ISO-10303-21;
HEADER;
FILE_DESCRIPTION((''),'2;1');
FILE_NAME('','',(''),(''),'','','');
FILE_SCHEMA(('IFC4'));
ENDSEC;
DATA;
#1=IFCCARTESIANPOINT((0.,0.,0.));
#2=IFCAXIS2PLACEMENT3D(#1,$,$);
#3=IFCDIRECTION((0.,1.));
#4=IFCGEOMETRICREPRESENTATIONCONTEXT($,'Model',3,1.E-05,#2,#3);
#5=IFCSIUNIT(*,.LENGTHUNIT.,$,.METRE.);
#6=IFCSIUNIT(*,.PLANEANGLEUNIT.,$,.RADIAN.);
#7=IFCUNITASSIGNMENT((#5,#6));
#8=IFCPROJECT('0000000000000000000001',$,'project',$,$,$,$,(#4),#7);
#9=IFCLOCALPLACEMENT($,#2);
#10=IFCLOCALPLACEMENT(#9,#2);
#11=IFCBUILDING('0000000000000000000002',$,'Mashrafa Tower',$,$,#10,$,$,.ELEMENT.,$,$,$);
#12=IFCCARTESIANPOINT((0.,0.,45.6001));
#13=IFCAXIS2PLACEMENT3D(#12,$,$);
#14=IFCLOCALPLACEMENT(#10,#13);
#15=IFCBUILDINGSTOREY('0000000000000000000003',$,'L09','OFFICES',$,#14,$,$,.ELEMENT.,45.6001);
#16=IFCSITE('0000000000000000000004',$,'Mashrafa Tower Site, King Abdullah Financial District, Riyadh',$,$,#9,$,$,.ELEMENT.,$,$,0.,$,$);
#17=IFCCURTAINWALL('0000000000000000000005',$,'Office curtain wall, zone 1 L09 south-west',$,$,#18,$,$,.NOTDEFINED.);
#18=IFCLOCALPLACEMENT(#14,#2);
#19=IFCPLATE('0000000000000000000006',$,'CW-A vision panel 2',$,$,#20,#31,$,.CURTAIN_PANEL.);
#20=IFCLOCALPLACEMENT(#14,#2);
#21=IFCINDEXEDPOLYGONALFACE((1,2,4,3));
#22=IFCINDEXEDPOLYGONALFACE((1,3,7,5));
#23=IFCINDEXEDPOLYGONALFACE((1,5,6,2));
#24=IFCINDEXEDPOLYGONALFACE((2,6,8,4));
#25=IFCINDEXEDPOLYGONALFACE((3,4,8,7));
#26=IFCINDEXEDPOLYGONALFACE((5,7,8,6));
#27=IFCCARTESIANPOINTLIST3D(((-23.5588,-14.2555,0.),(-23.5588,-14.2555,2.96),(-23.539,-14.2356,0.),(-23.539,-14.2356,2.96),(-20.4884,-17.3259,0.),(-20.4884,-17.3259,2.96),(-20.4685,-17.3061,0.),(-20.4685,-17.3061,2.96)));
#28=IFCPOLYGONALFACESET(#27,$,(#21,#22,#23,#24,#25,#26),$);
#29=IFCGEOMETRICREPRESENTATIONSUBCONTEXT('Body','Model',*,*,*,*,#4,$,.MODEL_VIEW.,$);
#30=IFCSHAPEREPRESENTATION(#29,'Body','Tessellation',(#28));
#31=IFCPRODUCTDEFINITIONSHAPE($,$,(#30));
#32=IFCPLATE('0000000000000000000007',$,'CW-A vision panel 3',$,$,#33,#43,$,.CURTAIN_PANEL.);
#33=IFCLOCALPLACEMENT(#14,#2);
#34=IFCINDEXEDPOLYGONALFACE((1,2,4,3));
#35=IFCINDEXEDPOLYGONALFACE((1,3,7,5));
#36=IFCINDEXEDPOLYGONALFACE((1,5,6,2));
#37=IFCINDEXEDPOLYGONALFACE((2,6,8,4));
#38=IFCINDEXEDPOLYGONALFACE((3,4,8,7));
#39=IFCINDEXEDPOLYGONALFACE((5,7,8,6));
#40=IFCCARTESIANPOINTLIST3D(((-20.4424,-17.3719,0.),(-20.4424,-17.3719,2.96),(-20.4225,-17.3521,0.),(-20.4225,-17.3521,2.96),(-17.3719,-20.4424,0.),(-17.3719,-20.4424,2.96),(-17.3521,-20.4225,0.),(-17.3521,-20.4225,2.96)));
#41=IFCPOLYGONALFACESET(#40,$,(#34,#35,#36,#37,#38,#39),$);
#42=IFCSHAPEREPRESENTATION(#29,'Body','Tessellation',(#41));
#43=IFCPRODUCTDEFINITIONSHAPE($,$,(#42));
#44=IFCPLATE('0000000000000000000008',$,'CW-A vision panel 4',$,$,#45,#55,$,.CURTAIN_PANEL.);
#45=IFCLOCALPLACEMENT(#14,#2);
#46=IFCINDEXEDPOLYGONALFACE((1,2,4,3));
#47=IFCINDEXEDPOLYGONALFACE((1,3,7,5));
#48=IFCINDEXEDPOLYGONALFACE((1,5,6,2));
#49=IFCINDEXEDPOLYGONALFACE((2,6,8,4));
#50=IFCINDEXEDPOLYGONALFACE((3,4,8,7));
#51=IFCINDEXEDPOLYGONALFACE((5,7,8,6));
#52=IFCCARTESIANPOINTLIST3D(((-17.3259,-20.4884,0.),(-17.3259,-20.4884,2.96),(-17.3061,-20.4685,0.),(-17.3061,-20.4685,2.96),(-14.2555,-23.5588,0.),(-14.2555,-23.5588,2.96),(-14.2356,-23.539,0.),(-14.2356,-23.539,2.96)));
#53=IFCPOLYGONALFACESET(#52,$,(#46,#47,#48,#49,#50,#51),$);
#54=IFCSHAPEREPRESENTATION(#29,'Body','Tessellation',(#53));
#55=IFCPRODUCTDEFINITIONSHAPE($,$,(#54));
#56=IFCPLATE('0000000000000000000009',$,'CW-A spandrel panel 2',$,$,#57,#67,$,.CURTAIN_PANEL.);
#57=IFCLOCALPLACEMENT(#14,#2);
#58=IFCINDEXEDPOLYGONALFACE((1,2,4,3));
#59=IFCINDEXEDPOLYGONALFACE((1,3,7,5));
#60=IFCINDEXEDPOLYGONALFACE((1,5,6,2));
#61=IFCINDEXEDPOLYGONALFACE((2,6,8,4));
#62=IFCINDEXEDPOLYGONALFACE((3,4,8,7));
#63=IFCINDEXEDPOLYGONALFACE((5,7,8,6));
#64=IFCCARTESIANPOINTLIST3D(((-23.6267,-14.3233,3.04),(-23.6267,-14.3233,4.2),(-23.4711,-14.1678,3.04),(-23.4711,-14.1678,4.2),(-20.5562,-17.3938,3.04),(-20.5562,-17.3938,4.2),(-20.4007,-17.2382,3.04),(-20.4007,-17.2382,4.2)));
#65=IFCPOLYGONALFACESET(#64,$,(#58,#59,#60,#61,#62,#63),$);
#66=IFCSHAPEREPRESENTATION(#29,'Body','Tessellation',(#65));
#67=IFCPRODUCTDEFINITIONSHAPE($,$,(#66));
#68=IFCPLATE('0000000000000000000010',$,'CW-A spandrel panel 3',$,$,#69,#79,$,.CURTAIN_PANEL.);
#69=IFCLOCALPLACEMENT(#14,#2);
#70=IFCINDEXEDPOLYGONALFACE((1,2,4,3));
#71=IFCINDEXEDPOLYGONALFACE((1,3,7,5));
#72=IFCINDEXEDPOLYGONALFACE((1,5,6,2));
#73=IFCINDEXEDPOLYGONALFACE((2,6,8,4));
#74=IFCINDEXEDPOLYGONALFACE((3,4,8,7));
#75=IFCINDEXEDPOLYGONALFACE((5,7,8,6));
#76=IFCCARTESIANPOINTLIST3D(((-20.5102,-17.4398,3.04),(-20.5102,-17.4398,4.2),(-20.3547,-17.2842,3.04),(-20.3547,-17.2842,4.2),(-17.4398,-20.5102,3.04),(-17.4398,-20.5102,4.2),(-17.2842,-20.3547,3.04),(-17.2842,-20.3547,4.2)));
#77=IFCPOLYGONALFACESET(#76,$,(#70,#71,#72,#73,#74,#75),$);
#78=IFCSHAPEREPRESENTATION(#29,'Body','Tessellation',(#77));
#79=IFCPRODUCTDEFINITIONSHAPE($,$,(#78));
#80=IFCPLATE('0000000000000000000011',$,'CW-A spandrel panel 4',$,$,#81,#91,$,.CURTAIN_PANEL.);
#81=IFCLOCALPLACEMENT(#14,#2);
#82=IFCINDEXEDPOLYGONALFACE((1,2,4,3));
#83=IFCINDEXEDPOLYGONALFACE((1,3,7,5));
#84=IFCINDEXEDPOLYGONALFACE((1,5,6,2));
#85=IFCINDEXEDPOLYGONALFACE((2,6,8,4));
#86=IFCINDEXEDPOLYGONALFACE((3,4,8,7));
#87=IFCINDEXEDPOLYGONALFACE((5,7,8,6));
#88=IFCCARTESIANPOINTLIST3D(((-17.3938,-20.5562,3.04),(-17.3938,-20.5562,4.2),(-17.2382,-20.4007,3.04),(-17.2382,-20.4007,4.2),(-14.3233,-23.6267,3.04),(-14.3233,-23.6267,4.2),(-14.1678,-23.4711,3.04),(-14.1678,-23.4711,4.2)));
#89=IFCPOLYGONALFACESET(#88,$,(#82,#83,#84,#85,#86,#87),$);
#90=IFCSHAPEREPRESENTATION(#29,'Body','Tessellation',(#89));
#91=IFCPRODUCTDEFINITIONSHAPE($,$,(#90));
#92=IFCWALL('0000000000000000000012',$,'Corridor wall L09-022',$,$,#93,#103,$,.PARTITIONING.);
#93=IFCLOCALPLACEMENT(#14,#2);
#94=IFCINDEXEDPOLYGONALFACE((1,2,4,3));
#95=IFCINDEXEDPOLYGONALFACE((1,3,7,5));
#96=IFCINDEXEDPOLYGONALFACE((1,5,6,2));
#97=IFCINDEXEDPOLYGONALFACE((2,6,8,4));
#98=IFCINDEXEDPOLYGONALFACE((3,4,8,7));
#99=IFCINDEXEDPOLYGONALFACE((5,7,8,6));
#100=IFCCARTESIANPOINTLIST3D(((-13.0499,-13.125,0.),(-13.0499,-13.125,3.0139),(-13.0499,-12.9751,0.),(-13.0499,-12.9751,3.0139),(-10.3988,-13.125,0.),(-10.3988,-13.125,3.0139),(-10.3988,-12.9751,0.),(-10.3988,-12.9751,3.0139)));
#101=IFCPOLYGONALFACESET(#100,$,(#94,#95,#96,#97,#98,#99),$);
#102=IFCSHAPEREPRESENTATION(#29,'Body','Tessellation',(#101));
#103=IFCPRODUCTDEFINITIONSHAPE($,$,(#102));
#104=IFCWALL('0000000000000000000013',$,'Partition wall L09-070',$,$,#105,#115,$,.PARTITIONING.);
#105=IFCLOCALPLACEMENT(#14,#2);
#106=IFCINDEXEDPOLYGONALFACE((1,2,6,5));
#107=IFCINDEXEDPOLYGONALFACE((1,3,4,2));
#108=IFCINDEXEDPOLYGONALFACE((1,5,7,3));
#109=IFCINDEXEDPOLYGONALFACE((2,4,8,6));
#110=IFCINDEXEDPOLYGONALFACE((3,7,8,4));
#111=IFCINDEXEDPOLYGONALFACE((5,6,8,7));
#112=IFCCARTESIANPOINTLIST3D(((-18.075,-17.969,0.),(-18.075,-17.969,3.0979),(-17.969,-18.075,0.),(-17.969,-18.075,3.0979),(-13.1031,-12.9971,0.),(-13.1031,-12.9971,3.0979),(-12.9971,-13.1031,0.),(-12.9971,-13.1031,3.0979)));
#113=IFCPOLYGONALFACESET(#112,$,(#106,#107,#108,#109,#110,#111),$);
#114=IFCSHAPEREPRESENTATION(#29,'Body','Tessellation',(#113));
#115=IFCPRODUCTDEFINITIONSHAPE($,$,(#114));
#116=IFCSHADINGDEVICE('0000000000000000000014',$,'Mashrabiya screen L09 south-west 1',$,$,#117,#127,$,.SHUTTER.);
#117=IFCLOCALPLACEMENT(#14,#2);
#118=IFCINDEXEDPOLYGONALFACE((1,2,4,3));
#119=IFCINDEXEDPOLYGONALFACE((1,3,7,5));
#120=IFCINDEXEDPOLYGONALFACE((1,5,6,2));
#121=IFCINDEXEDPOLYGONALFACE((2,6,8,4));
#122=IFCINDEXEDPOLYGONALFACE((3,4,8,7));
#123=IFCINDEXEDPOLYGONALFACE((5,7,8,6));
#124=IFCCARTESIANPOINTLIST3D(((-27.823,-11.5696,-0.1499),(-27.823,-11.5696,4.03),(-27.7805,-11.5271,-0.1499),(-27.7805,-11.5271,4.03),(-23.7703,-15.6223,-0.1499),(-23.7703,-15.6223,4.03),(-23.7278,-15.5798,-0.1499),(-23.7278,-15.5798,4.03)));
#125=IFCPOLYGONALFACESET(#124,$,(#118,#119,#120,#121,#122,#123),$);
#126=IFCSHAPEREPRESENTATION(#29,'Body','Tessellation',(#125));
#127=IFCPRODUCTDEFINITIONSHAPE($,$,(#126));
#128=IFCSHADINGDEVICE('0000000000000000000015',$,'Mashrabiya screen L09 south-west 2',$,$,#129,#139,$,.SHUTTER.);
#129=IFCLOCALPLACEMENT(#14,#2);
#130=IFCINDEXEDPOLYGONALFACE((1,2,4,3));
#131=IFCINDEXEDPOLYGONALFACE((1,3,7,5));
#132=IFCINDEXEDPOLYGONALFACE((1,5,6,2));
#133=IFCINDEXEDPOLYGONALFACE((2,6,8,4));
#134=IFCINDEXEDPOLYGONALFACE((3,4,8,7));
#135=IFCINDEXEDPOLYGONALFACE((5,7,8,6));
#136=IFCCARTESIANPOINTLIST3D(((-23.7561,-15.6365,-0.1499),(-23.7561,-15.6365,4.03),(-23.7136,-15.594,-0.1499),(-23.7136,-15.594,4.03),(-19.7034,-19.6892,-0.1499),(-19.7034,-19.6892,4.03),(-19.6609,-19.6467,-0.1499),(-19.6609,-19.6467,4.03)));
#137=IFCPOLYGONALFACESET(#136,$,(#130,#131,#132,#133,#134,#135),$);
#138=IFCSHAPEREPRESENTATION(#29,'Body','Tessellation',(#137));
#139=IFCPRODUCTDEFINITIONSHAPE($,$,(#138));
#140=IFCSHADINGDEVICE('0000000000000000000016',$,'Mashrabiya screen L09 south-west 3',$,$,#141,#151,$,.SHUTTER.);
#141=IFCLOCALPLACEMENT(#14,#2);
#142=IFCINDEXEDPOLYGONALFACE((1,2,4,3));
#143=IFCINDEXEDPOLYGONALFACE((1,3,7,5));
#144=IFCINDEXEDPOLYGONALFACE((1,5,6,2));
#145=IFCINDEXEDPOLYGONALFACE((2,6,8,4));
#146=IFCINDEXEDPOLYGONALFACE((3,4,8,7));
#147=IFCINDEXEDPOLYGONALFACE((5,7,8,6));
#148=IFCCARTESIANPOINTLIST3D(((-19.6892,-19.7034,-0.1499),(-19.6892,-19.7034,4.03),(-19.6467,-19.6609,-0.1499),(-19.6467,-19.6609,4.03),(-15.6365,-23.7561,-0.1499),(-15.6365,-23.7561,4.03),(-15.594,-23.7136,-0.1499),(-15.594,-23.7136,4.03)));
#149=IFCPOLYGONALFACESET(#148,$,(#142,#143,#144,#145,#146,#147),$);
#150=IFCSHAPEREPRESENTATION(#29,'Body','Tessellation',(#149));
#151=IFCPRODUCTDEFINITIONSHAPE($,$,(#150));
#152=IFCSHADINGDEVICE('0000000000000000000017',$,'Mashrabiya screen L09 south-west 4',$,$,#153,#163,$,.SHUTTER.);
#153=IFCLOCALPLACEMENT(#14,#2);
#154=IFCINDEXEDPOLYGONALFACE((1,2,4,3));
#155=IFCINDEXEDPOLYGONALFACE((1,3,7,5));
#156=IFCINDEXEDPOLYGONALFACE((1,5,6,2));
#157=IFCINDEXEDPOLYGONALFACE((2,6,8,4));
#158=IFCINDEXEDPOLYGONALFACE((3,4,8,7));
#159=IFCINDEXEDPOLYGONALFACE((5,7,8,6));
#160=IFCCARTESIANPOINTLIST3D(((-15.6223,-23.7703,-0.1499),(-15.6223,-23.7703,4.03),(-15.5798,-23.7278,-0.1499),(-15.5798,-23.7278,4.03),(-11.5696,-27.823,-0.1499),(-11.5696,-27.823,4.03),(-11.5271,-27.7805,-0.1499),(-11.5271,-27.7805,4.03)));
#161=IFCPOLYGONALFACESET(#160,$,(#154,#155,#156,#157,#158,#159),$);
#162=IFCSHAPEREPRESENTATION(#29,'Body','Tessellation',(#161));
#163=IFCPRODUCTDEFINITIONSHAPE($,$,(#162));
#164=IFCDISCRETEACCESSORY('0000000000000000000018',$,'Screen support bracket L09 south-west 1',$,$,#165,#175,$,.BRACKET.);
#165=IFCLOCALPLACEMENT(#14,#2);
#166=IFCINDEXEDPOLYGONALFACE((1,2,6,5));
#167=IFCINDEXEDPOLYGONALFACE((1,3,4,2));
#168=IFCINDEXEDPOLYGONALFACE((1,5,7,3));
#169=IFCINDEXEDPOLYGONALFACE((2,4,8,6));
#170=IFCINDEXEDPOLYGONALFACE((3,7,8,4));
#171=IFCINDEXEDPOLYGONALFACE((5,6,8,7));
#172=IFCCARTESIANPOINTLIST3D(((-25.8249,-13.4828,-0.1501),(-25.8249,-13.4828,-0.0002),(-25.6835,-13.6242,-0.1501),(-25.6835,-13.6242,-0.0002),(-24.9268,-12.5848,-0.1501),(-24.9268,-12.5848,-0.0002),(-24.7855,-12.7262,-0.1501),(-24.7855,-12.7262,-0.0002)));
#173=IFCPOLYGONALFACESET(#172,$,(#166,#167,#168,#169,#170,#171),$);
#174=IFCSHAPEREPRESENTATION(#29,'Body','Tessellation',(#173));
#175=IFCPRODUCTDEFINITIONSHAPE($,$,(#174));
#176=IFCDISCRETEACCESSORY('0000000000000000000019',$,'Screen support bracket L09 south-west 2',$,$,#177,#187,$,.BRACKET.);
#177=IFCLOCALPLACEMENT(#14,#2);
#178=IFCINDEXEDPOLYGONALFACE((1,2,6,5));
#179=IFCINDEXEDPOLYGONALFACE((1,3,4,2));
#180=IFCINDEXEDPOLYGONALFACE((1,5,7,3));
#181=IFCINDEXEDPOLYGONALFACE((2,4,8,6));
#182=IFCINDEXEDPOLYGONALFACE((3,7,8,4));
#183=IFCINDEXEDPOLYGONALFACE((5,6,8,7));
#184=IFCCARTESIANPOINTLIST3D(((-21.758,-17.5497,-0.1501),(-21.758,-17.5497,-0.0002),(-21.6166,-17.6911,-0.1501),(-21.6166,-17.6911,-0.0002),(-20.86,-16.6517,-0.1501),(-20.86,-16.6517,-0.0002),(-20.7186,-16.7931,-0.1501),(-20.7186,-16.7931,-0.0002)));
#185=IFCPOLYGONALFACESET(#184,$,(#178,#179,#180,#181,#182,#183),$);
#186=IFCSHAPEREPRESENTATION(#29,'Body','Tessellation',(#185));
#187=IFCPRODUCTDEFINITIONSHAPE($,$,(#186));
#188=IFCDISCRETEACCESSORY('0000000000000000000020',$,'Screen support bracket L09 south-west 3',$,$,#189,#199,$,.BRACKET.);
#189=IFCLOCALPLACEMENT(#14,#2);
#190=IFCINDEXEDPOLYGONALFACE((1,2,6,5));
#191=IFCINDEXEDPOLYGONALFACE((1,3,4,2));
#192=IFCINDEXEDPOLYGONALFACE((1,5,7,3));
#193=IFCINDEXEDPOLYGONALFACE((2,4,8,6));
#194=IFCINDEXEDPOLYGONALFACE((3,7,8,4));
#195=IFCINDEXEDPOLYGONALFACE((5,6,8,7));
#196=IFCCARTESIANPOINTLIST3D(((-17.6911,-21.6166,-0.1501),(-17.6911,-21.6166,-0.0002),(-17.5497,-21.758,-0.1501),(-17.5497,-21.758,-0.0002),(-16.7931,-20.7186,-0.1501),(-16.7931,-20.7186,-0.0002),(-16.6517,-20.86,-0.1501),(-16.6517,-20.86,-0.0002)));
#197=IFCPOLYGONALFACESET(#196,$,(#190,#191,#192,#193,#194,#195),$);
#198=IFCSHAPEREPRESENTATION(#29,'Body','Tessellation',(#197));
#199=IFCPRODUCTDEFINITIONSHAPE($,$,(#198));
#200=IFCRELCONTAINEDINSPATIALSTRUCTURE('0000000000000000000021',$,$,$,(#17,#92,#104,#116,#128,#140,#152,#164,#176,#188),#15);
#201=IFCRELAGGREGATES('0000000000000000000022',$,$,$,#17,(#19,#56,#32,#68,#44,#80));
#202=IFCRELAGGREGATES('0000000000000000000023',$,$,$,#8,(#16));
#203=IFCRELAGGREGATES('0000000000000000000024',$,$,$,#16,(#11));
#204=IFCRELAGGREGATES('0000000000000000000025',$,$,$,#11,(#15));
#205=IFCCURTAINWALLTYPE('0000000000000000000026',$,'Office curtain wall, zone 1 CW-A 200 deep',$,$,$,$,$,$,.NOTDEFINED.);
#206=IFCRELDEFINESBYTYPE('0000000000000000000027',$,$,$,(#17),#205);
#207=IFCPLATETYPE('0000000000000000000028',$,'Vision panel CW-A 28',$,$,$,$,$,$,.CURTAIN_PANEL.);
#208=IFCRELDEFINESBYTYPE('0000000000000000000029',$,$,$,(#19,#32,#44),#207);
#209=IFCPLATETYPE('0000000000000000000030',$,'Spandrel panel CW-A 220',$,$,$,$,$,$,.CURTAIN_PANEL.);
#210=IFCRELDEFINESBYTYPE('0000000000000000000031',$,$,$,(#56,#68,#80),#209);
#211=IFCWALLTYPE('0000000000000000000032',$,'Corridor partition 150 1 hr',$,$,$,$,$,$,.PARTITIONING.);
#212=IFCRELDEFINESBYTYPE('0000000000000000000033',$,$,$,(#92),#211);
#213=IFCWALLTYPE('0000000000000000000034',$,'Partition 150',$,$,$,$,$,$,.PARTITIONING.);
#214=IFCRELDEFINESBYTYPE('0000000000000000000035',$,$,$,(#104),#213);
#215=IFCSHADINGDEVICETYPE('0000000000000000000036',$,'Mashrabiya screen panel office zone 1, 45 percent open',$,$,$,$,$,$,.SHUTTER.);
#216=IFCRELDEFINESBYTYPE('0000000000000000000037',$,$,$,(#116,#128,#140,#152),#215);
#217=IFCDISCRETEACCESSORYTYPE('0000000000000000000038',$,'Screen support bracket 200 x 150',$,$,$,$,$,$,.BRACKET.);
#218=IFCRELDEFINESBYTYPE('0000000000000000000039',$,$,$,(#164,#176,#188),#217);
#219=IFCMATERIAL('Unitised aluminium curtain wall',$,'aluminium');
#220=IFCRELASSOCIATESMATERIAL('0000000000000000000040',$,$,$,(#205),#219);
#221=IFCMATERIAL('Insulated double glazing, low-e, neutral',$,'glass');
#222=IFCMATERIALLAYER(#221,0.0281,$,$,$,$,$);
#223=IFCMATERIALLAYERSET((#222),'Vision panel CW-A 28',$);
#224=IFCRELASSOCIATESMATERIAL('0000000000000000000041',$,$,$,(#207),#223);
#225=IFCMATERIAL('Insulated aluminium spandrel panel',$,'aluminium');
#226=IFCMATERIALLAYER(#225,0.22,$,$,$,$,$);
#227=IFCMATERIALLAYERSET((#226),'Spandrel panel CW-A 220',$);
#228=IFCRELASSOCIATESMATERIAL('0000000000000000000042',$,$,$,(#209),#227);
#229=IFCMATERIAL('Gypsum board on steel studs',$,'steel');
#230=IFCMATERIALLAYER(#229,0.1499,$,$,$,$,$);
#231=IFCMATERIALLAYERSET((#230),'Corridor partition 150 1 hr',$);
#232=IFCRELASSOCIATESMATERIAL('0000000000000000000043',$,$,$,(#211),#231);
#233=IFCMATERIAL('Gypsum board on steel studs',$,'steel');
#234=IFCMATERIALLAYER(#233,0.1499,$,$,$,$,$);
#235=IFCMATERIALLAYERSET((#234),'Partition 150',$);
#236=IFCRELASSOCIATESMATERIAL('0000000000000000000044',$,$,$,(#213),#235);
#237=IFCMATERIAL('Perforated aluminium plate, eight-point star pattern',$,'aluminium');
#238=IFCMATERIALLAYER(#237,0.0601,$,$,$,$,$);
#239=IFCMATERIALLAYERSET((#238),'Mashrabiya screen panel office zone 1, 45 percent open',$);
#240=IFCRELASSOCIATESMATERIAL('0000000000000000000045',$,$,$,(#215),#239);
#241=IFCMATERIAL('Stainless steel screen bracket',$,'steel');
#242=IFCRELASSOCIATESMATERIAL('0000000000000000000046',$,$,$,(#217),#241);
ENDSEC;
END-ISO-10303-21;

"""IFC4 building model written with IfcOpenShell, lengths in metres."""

from ifc_helpers import new_model, si_unit, direction, frame, frame_2d, origin, origin_2d, place, context, subcontext, project, spatial, rectangle, extrude, source, transform, mapped, material, layer, layer_set, type_object, type_shapes, element, aggregate, save


model = new_model("IFC4")

# Units and contexts
model_context = context("Model", 3, precision=1e-05, world=origin(), true_north=direction((0.0, 1.0)))
body_context = subcontext(model_context, "Body", "Model", "MODEL_VIEW")
ifc_project = project(units=[si_unit("LENGTHUNIT", "METRE"), si_unit("PLANEANGLEUNIT", "RADIAN")], contexts=[model_context])

# Site, building, storey
site_placement = place(None, origin())
site = spatial("IfcSite", under=ifc_project, at=site_placement, Name="Mashrafa Tower Site, King Abdullah Financial District, Riyadh", CompositionType="ELEMENT", RefElevation=0.0)
building_placement = place(site_placement, origin())
building = spatial("IfcBuilding", under=site, at=building_placement, Name="Mashrafa Tower", CompositionType="ELEMENT")
storey_placement = place(building_placement, frame((0.0, 0.0, 45.6001)))
storey = spatial("IfcBuildingStorey", under=building, at=storey_placement, Name="L09", Description="OFFICES", CompositionType="ELEMENT", Elevation=45.6001)

# Curtain wall, plates
ifc_material_1 = material(Name="Unitised aluminium curtain wall", Category="aluminium")
curtain_wall_type = type_object("IfcCurtainWallType", Name="Office curtain wall, zone 1 CW-A 200 deep", PredefinedType="NOTDEFINED", material=ifc_material_1)
curtain_wall_placement = place(storey_placement, origin())
curtain_wall = element("IfcCurtainWall", 1, at=curtain_wall_placement, inside=storey, type_object=curtain_wall_type, Name="Office curtain wall, zone 1 L09 south-west", PredefinedType="NOTDEFINED")
ifc_material_2 = material(Name="Insulated double glazing, low-e, neutral", Category="glass")
ifc_layer_1 = layer(ifc_material_2, 0.0281)
ifc_layer_set_1 = layer_set([ifc_layer_1], Name="Vision panel CW-A 28")
plate_type_1 = type_object("IfcPlateType", Name="Vision panel CW-A 28", PredefinedType="CURTAIN_PANEL", material=ifc_layer_set_1)
ifc_material_3 = material(Name="Insulated aluminium spandrel panel", Category="aluminium")
ifc_layer_2 = layer(ifc_material_3, 0.22)
ifc_layer_set_2 = layer_set([ifc_layer_2], Name="Spandrel panel CW-A 220")
plate_type_2 = type_object("IfcPlateType", Name="Spandrel panel CW-A 220", PredefinedType="CURTAIN_PANEL", material=ifc_layer_set_2)
shared_shape_1 = source(origin(), body_context, "Body", "SweptSolid", [
    extrude(rectangle(XDim=4.3423, YDim=0.0281, at=origin_2d()), origin(), (0.0, 0.0, 1.0), 2.96),
])
plate_1_placement = place(storey_placement, frame((-22.0137, -15.7808, 0.0), z_axis=(0.0, 0.0, 1.0), x_axis=(0.707107, -0.707107, 0.0)))
plate_1 = element("IfcPlate", 2, at=plate_1_placement, type_object=plate_type_1, Name="CW-A vision panel 2", PredefinedType="CURTAIN_PANEL", context=body_context, shape_type="MappedRepresentation", body=[
    mapped(shared_shape_1, transform((0.0, 0.0, 0.0))),
])
plate_2_placement = place(storey_placement, frame((-18.8972, -18.8972, 0.0), z_axis=(0.0, 0.0, 1.0), x_axis=(0.707107, -0.707107, 0.0)))
plate_2 = element("IfcPlate", 3, at=plate_2_placement, type_object=plate_type_1, Name="CW-A vision panel 3", PredefinedType="CURTAIN_PANEL", context=body_context, shape_type="MappedRepresentation", body=[
    mapped(shared_shape_1, transform((0.0, 0.0, 0.0))),
])
plate_3_placement = place(storey_placement, frame((-15.7808, -22.0137, 0.0), z_axis=(0.0, 0.0, 1.0), x_axis=(0.707107, -0.707107, 0.0)))
plate_3 = element("IfcPlate", 4, at=plate_3_placement, type_object=plate_type_1, Name="CW-A vision panel 4", PredefinedType="CURTAIN_PANEL", context=body_context, shape_type="MappedRepresentation", body=[
    mapped(shared_shape_1, transform((0.0, 0.0, 0.0))),
])
shared_shape_2 = source(origin(), body_context, "Body", "SweptSolid", [
    extrude(rectangle(XDim=4.3423, YDim=0.22, at=origin_2d()), origin(), (0.0, 0.0, 1.0), 1.1599),
])
plate_4_placement = place(storey_placement, frame((-22.0137, -15.7808, 3.04), z_axis=(0.0, 0.0, 1.0), x_axis=(0.707107, -0.707107, 0.0)))
plate_4 = element("IfcPlate", 5, at=plate_4_placement, type_object=plate_type_2, Name="CW-A spandrel panel 2", PredefinedType="CURTAIN_PANEL", context=body_context, shape_type="MappedRepresentation", body=[
    mapped(shared_shape_2, transform((0.0, 0.0, 0.0))),
])
plate_5_placement = place(storey_placement, frame((-18.8972, -18.8972, 3.04), z_axis=(0.0, 0.0, 1.0), x_axis=(0.707107, -0.707107, 0.0)))
plate_5 = element("IfcPlate", 6, at=plate_5_placement, type_object=plate_type_2, Name="CW-A spandrel panel 3", PredefinedType="CURTAIN_PANEL", context=body_context, shape_type="MappedRepresentation", body=[
    mapped(shared_shape_2, transform((0.0, 0.0, 0.0))),
])
plate_6_placement = place(storey_placement, frame((-15.7808, -22.0137, 3.04), z_axis=(0.0, 0.0, 1.0), x_axis=(0.707107, -0.707107, 0.0)))
plate_6 = element("IfcPlate", 7, at=plate_6_placement, type_object=plate_type_2, Name="CW-A spandrel panel 4", PredefinedType="CURTAIN_PANEL", context=body_context, shape_type="MappedRepresentation", body=[
    mapped(shared_shape_2, transform((0.0, 0.0, 0.0))),
])
aggregate(curtain_wall, [plate_1, plate_4, plate_2, plate_5, plate_3, plate_6])

# Walls
ifc_material_4 = material(Name="Gypsum board on steel studs", Category="steel")
ifc_layer_3 = layer(ifc_material_4, 0.1499)
ifc_layer_set_3 = layer_set([ifc_layer_3], Name="Corridor partition 150 1 hr")
wall_type_1 = type_object("IfcWallType", Name="Corridor partition 150 1 hr", PredefinedType="PARTITIONING", material=ifc_layer_set_3)
wall_1_placement = place(storey_placement, frame((-13.05, -13.05, 0.0), z_axis=(0.0, 0.0, 1.0), x_axis=(1.0, 0.0, 0.0)))
element("IfcWall", 8, at=wall_1_placement, inside=storey, type_object=wall_type_1, Name="Corridor wall L09-022", PredefinedType="PARTITIONING", context=body_context, shape_type="SweptSolid", body=[
    extrude(rectangle(XDim=2.6511, YDim=0.1499, at=frame_2d((1.3257, 0.0))), origin(), (0.0, 0.0, 1.0), 3.0139),
])
ifc_material_5 = material(Name="Gypsum board on steel studs", Category="steel")
ifc_layer_4 = layer(ifc_material_5, 0.1499)
ifc_layer_set_4 = layer_set([ifc_layer_4], Name="Partition 150")
wall_type_2 = type_object("IfcWallType", Name="Partition 150", PredefinedType="PARTITIONING", material=ifc_layer_set_4)
wall_2_placement = place(storey_placement, frame((-18.022, -18.022, 0.0), z_axis=(0.0, 0.0, 1.0), x_axis=(0.707107, 0.707107, 0.0)))
element("IfcWall", 9, at=wall_2_placement, inside=storey, type_object=wall_type_2, Name="Partition wall L09-070", PredefinedType="PARTITIONING", context=body_context, shape_type="SweptSolid", body=[
    extrude(rectangle(XDim=7.0312, YDim=0.1499, at=frame_2d((3.5156, 0.0))), origin(), (0.0, 0.0, 1.0), 3.0979),
])

# Shading devices
ifc_material_6 = material(Name="Perforated aluminium plate, eight-point star pattern", Category="aluminium")
ifc_layer_5 = layer(ifc_material_6, 0.0601)
ifc_layer_set_5 = layer_set([ifc_layer_5], Name="Mashrabiya screen panel office zone 1, 45 percent open")
shading_device_type = type_object("IfcShadingDeviceType", Name="Mashrabiya screen panel office zone 1, 45 percent open", PredefinedType="SHUTTER", material=ifc_layer_set_5)
shared_shape_3 = source(origin(), body_context, "Body", "SweptSolid", [
    extrude(rectangle(XDim=5.7314, YDim=0.0601, at=origin_2d()), origin(), (0.0, 0.0, 1.0), 4.1799),
])
type_shapes(shading_device_type, [shared_shape_3])
for number, where, z_axis, x_axis, name in (
    (10, (-25.7754, -13.5747, -0.1499), (0.0, 0.0, 1.0), (0.707107, -0.707107, 0.0), "Mashrabiya screen L09 south-west 1"),
    (11, (-21.7085, -17.6416, -0.1499), (0.0, 0.0, 1.0), (0.707107, -0.707107, 0.0), "Mashrabiya screen L09 south-west 2"),
    (12, (-17.6416, -21.7085, -0.1499), (0.0, 0.0, 1.0), (0.707107, -0.707107, 0.0), "Mashrabiya screen L09 south-west 3"),
    (13, (-13.5747, -25.7754, -0.1499), (0.0, 0.0, 1.0), (0.707107, -0.707107, 0.0), "Mashrabiya screen L09 south-west 4"),
):
    element("IfcShadingDevice", number, at=place(storey_placement, frame(where, z_axis=z_axis, x_axis=x_axis)), inside=storey, type_object=shading_device_type, Name=name, PredefinedType="SHUTTER", context=body_context, shape_type="MappedRepresentation", body=[
        mapped(shared_shape_3, transform((0.0, 0.0, 0.0))),
    ])

# Discrete accessories
ifc_material_7 = material(Name="Stainless steel screen bracket", Category="steel")
discrete_accessory_type = type_object("IfcDiscreteAccessoryType", Name="Screen support bracket 200 x 150", PredefinedType="BRACKET", material=ifc_material_7)
shared_shape_4 = source(origin(), body_context, "Body", "SweptSolid", [
    extrude(rectangle(XDim=0.2, YDim=1.27, at=origin_2d()), origin(), (0.0, 0.0, 1.0), 0.1499),
])
type_shapes(discrete_accessory_type, [shared_shape_4])
for number, where, z_axis, x_axis, name in (
    (14, (-25.3052, -13.1045, -0.1501), (0.0, 0.0, 1.0), (0.707107, -0.707107, 0.0), "Screen support bracket L09 south-west 1"),
    (15, (-21.2383, -17.1714, -0.1501), (0.0, 0.0, 1.0), (0.707107, -0.707107, 0.0), "Screen support bracket L09 south-west 2"),
    (16, (-17.1714, -21.2383, -0.1501), (0.0, 0.0, 1.0), (0.707107, -0.707107, 0.0), "Screen support bracket L09 south-west 3"),
):
    element("IfcDiscreteAccessory", number, at=place(storey_placement, frame(where, z_axis=z_axis, x_axis=x_axis)), inside=storey, type_object=discrete_accessory_type, Name=name, PredefinedType="BRACKET", context=body_context, shape_type="MappedRepresentation", body=[
        mapped(shared_shape_4, transform((0.0, 0.0, 0.0))),
    ])

save(model, "model.ifc")
